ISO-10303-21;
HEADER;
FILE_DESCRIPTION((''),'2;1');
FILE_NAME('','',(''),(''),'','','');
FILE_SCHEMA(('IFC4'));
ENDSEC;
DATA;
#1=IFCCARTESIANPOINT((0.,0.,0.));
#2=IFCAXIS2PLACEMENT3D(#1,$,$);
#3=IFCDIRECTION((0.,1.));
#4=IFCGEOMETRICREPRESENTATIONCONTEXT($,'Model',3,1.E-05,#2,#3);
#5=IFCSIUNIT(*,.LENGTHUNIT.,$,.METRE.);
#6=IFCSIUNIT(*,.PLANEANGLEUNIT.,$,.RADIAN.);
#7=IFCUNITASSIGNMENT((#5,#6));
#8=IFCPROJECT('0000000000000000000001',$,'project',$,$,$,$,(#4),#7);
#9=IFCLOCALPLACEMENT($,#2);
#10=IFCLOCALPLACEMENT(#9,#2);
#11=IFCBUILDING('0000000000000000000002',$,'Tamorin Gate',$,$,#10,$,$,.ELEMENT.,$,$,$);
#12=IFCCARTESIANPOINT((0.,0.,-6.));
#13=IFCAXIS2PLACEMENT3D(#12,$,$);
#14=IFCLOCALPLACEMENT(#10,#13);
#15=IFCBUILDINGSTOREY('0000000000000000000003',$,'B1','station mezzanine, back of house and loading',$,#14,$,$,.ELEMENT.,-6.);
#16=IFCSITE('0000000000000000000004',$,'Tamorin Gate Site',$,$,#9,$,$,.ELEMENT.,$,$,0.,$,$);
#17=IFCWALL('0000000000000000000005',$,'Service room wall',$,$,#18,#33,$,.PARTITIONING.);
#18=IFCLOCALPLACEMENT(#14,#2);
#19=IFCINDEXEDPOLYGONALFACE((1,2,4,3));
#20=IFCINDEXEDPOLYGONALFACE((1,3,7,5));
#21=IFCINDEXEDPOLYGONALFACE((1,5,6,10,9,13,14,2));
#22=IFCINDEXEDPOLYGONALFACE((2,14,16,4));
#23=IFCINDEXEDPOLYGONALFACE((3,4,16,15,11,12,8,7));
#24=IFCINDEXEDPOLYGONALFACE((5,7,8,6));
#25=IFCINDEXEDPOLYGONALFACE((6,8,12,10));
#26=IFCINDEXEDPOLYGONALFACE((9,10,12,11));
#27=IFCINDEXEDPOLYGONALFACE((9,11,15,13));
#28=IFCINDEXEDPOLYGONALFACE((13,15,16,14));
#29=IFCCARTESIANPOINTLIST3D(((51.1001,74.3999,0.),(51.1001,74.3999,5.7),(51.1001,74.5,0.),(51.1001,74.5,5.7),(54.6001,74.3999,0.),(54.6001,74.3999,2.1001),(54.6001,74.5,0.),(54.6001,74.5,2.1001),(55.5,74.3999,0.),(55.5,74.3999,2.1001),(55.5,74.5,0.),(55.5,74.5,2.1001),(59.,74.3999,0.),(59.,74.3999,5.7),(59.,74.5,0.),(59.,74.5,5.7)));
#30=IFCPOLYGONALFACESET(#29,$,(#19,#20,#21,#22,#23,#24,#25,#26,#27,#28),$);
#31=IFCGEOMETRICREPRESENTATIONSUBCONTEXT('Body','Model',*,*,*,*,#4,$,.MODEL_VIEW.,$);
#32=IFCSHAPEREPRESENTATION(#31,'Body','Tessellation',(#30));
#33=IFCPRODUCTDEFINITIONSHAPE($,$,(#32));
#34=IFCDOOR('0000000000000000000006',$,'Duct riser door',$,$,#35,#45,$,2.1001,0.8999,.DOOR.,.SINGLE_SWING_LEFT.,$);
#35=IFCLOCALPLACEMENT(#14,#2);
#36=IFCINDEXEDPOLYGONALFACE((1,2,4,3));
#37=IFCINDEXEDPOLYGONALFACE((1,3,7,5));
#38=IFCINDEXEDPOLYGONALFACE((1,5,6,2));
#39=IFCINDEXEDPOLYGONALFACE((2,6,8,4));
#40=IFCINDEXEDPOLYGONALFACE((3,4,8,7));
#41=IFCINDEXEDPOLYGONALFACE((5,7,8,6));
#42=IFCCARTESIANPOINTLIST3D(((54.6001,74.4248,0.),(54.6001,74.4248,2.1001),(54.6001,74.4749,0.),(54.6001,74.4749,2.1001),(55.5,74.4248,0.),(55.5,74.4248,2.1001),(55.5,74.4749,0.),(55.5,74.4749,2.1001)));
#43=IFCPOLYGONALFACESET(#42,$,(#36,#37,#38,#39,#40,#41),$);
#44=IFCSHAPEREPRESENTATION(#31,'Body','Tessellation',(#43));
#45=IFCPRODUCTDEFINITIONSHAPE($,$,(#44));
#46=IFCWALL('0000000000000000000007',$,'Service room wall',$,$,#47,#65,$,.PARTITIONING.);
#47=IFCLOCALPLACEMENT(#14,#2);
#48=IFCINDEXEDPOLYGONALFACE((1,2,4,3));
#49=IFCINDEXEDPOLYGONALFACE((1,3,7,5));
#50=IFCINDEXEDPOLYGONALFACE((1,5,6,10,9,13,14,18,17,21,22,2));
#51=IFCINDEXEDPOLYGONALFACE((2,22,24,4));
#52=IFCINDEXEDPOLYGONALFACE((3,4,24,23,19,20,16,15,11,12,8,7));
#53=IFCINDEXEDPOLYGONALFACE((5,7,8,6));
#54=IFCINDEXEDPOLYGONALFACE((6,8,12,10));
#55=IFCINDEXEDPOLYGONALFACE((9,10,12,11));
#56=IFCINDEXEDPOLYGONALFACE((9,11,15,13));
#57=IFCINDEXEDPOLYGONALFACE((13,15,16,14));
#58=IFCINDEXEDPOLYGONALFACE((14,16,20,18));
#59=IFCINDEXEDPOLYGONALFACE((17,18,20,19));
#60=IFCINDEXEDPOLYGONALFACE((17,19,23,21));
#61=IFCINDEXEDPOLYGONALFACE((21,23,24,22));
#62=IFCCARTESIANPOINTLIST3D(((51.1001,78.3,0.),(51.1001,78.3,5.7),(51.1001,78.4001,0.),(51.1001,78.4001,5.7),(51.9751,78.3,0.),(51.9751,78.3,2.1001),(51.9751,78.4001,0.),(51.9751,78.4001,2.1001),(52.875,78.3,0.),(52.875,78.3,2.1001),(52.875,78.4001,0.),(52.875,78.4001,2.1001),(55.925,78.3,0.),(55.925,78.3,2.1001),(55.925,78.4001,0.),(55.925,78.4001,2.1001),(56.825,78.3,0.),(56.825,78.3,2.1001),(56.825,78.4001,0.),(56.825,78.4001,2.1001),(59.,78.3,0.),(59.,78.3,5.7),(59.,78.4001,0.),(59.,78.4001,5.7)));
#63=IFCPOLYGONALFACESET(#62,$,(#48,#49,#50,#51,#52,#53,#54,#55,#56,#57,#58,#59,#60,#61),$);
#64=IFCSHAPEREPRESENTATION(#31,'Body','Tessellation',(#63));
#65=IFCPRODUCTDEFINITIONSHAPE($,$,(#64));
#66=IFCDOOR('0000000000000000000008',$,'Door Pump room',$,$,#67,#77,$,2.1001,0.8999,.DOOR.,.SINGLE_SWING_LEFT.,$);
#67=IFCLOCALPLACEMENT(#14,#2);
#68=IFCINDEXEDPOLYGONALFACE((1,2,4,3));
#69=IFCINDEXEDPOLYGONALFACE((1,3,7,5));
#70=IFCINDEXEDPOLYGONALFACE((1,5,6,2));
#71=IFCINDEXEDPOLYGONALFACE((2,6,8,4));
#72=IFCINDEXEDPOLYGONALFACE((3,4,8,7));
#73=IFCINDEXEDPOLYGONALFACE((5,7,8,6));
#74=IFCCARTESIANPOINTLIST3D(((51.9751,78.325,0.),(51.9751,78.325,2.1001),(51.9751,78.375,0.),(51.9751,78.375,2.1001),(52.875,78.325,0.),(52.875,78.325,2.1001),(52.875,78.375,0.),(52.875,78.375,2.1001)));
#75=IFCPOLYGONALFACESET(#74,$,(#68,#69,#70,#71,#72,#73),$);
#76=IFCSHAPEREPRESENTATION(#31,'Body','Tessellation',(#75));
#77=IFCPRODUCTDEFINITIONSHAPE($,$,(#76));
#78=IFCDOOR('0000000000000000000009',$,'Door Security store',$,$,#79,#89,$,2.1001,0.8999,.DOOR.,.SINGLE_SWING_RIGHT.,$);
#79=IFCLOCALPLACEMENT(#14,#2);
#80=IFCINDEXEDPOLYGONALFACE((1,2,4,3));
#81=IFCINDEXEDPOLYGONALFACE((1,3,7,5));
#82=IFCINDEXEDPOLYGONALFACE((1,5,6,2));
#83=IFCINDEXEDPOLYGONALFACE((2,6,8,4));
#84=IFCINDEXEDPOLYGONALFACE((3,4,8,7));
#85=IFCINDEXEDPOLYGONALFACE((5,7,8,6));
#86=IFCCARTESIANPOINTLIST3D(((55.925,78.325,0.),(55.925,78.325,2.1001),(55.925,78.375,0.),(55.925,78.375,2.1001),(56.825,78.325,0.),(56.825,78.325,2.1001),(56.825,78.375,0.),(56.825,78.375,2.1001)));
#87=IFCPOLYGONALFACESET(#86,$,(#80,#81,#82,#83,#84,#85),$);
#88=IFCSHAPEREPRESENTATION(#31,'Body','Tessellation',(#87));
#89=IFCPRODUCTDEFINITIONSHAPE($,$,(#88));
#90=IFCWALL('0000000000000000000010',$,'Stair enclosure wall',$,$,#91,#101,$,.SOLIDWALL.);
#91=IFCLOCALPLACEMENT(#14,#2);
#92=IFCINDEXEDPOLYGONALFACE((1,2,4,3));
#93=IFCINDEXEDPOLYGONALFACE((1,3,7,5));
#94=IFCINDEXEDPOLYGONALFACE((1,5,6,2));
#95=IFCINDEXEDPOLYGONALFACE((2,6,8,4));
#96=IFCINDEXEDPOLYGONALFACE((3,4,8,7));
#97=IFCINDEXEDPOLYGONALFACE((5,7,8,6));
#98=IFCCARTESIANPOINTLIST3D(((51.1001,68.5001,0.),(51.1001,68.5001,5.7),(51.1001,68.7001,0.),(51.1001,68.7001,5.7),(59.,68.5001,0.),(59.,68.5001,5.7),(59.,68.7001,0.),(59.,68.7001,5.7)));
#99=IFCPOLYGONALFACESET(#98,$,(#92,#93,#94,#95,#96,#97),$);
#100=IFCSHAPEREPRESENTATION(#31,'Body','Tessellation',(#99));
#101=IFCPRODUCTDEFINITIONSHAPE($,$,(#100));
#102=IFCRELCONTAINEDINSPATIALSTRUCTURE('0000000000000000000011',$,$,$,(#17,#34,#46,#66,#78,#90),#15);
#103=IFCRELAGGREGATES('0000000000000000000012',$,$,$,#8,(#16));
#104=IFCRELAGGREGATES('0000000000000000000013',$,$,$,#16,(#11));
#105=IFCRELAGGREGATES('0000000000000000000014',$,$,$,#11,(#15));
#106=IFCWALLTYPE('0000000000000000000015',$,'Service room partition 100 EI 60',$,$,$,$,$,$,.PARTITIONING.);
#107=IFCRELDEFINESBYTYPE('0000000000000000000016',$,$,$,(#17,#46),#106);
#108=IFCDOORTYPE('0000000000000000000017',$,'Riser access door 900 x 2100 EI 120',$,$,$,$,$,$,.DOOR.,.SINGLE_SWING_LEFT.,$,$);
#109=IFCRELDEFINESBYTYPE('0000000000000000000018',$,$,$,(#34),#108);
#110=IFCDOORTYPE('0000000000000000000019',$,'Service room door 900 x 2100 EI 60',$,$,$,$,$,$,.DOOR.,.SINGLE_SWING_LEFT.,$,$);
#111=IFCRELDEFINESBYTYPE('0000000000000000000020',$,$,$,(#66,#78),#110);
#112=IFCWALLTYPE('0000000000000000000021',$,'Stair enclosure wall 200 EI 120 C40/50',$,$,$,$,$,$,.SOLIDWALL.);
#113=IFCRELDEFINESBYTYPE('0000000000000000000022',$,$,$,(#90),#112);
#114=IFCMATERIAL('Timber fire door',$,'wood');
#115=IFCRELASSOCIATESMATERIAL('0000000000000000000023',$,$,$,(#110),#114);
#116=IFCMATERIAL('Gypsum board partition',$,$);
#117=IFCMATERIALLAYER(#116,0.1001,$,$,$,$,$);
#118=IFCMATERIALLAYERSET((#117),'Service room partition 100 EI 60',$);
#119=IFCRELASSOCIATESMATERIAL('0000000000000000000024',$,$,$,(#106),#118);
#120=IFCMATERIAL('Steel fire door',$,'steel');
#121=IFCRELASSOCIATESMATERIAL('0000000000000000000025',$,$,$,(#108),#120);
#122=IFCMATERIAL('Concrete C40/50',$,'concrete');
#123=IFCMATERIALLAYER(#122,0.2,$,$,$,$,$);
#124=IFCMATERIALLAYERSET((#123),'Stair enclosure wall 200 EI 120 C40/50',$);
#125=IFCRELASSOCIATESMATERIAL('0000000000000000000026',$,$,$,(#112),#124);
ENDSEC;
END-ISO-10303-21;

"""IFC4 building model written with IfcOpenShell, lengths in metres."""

from ifc_helpers import new_model, si_unit, direction, frame, frame_2d, origin, place, context, subcontext, project, spatial, rectangle, extrude, material, layer, layer_set, type_object, element, fill, save


model = new_model("IFC4")

# Units and contexts
model_context = context("Model", 3, precision=1e-05, world=origin(), true_north=direction((0.0, 1.0)))
body_context = subcontext(model_context, "Body", "Model", "MODEL_VIEW")
ifc_project = project(units=[si_unit("LENGTHUNIT", "METRE"), si_unit("PLANEANGLEUNIT", "RADIAN")], contexts=[model_context])

# Site, building, storey
site_placement = place(None, origin())
site = spatial("IfcSite", under=ifc_project, at=site_placement, Name="Tamorin Gate Site", CompositionType="ELEMENT", RefElevation=0.0)
building_placement = place(site_placement, origin())
building = spatial("IfcBuilding", under=site, at=building_placement, Name="Tamorin Gate", CompositionType="ELEMENT")
storey_placement = place(building_placement, frame((0.0, 0.0, -6.0)))
storey = spatial("IfcBuildingStorey", under=building, at=storey_placement, Name="B1", Description="station mezzanine, back of house and loading", CompositionType="ELEMENT", Elevation=-6.0)

# Wall, opening, door
ifc_material_1 = material(Name="Gypsum board partition")
ifc_material_2 = material(Name="Timber fire door", Category="wood")
door_type_1 = type_object("IfcDoorType", Name="Service room door 900 x 2100 EI 60", OperationType="SINGLE_SWING_LEFT", PredefinedType="DOOR", material=ifc_material_2)
ifc_layer_1 = layer(ifc_material_1, 0.1001)
ifc_layer_set_1 = layer_set([ifc_layer_1], Name="Service room partition 100 EI 60")
wall_type_1 = type_object("IfcWallType", Name="Service room partition 100 EI 60", PredefinedType="PARTITIONING", material=ifc_layer_set_1)
wall_1_placement = place(storey_placement, frame((51.1001, 74.45, 0.0), z_axis=(0.0, 0.0, 1.0), x_axis=(1.0, 0.0, 0.0)))
wall_1 = element("IfcWall", 1, at=wall_1_placement, inside=storey, type_object=wall_type_1, Name="Service room wall", PredefinedType="PARTITIONING", context=body_context, shape_type="SweptSolid", body=[
    extrude(rectangle(XDim=7.8999, YDim=0.1001, at=frame_2d((3.95, 0.0))), origin(), (0.0, 0.0, 1.0), 5.7),
])
opening_1_placement = place(wall_1_placement, frame((3.5, 0.0, 0.0)))
opening_1 = element("IfcOpeningElement", 2, at=opening_1_placement, cuts=wall_1, PredefinedType="OPENING", context=body_context, shape_type="SweptSolid", body=[
    extrude(rectangle(XDim=0.8999, YDim=2.1001, at=frame_2d((0.45, 1.05))), frame((0.0, 0.0601, 0.0), z_axis=(0.0, -1.0, 0.0), x_axis=(1.0, 0.0, 0.0)), (0.0, 0.0, 1.0), 0.1201),
])
ifc_material_3 = material(Name="Steel fire door", Category="steel")
door_type_2 = type_object("IfcDoorType", Name="Riser access door 900 x 2100 EI 120", OperationType="SINGLE_SWING_LEFT", PredefinedType="DOOR", material=ifc_material_3)
door_1_placement = place(opening_1_placement, origin())
door_1 = element("IfcDoor", 3, at=door_1_placement, inside=storey, type_object=door_type_2, Name="Duct riser door", OperationType="SINGLE_SWING_LEFT", OverallHeight=2.1001, OverallWidth=0.8999, PredefinedType="DOOR", context=body_context, shape_type="SweptSolid", body=[
    extrude(rectangle(XDim=0.8999, YDim=2.1001, at=frame_2d((0.45, 1.05))), frame((0.0, 0.0249, 0.0), z_axis=(0.0, -1.0, 0.0), x_axis=(1.0, 0.0, 0.0)), (0.0, 0.0, 1.0), 0.05),
])
fill(opening_1, door_1)

# Wall, openings, doors
wall_2_placement = place(storey_placement, frame((51.1001, 78.3501, 0.0), z_axis=(0.0, 0.0, 1.0), x_axis=(1.0, 0.0, 0.0)))
wall_2 = element("IfcWall", 4, at=wall_2_placement, inside=storey, type_object=wall_type_1, Name="Service room wall", PredefinedType="PARTITIONING", context=body_context, shape_type="SweptSolid", body=[
    extrude(rectangle(XDim=7.8999, YDim=0.1001, at=frame_2d((3.95, 0.0))), origin(), (0.0, 0.0, 1.0), 5.7),
])
opening_2_placement = place(wall_2_placement, frame((0.875, 0.0, 0.0)))
opening_2 = element("IfcOpeningElement", 5, at=opening_2_placement, cuts=wall_2, PredefinedType="OPENING", context=body_context, shape_type="SweptSolid", body=[
    extrude(rectangle(XDim=0.8999, YDim=2.1001, at=frame_2d((0.45, 1.05))), frame((0.0, 0.0601, 0.0), z_axis=(0.0, -1.0, 0.0), x_axis=(1.0, 0.0, 0.0)), (0.0, 0.0, 1.0), 0.1201),
])
opening_3_placement = place(wall_2_placement, frame((4.825, 0.0, 0.0)))
opening_3 = element("IfcOpeningElement", 6, at=opening_3_placement, cuts=wall_2, PredefinedType="OPENING", context=body_context, shape_type="SweptSolid", body=[
    extrude(rectangle(XDim=0.8999, YDim=2.1001, at=frame_2d((0.45, 1.05))), frame((0.0, 0.0601, 0.0), z_axis=(0.0, -1.0, 0.0), x_axis=(1.0, 0.0, 0.0)), (0.0, 0.0, 1.0), 0.1201),
])
door_2_placement = place(opening_2_placement, origin())
door_2 = element("IfcDoor", 7, at=door_2_placement, inside=storey, type_object=door_type_1, Name="Door Pump room", OperationType="SINGLE_SWING_LEFT", OverallHeight=2.1001, OverallWidth=0.8999, PredefinedType="DOOR", context=body_context, shape_type="SweptSolid", body=[
    extrude(rectangle(XDim=0.8999, YDim=2.1001, at=frame_2d((0.45, 1.05))), frame((0.0, 0.0249, 0.0), z_axis=(0.0, -1.0, 0.0), x_axis=(1.0, 0.0, 0.0)), (0.0, 0.0, 1.0), 0.05),
])
fill(opening_2, door_2)
door_3_placement = place(opening_3_placement, origin())
door_3 = element("IfcDoor", 8, at=door_3_placement, inside=storey, type_object=door_type_1, Name="Door Security store", OperationType="SINGLE_SWING_RIGHT", OverallHeight=2.1001, OverallWidth=0.8999, PredefinedType="DOOR", context=body_context, shape_type="SweptSolid", body=[
    extrude(rectangle(XDim=0.8999, YDim=2.1001, at=frame_2d((0.45, 1.05))), frame((0.0, 0.0249, 0.0), z_axis=(0.0, -1.0, 0.0), x_axis=(1.0, 0.0, 0.0)), (0.0, 0.0, 1.0), 0.05),
])
fill(opening_3, door_3)

# Wall
ifc_material_4 = material(Name="Concrete C40/50", Category="concrete")
ifc_layer_2 = layer(ifc_material_4, 0.2)
ifc_layer_set_2 = layer_set([ifc_layer_2], Name="Stair enclosure wall 200 EI 120 C40/50")
wall_type_2 = type_object("IfcWallType", Name="Stair enclosure wall 200 EI 120 C40/50", PredefinedType="SOLIDWALL", material=ifc_layer_set_2)
wall_3_placement = place(storey_placement, frame((51.1001, 68.6001, 0.0), z_axis=(0.0, 0.0, 1.0), x_axis=(1.0, 0.0, 0.0)))
element("IfcWall", 9, at=wall_3_placement, inside=storey, type_object=wall_type_2, Name="Stair enclosure wall", PredefinedType="SOLIDWALL", context=body_context, shape_type="SweptSolid", body=[
    extrude(rectangle(XDim=7.8999, YDim=0.2, at=frame_2d((3.95, 0.0))), origin(), (0.0, 0.0, 1.0), 5.7),
])

save(model, "model.ifc")
